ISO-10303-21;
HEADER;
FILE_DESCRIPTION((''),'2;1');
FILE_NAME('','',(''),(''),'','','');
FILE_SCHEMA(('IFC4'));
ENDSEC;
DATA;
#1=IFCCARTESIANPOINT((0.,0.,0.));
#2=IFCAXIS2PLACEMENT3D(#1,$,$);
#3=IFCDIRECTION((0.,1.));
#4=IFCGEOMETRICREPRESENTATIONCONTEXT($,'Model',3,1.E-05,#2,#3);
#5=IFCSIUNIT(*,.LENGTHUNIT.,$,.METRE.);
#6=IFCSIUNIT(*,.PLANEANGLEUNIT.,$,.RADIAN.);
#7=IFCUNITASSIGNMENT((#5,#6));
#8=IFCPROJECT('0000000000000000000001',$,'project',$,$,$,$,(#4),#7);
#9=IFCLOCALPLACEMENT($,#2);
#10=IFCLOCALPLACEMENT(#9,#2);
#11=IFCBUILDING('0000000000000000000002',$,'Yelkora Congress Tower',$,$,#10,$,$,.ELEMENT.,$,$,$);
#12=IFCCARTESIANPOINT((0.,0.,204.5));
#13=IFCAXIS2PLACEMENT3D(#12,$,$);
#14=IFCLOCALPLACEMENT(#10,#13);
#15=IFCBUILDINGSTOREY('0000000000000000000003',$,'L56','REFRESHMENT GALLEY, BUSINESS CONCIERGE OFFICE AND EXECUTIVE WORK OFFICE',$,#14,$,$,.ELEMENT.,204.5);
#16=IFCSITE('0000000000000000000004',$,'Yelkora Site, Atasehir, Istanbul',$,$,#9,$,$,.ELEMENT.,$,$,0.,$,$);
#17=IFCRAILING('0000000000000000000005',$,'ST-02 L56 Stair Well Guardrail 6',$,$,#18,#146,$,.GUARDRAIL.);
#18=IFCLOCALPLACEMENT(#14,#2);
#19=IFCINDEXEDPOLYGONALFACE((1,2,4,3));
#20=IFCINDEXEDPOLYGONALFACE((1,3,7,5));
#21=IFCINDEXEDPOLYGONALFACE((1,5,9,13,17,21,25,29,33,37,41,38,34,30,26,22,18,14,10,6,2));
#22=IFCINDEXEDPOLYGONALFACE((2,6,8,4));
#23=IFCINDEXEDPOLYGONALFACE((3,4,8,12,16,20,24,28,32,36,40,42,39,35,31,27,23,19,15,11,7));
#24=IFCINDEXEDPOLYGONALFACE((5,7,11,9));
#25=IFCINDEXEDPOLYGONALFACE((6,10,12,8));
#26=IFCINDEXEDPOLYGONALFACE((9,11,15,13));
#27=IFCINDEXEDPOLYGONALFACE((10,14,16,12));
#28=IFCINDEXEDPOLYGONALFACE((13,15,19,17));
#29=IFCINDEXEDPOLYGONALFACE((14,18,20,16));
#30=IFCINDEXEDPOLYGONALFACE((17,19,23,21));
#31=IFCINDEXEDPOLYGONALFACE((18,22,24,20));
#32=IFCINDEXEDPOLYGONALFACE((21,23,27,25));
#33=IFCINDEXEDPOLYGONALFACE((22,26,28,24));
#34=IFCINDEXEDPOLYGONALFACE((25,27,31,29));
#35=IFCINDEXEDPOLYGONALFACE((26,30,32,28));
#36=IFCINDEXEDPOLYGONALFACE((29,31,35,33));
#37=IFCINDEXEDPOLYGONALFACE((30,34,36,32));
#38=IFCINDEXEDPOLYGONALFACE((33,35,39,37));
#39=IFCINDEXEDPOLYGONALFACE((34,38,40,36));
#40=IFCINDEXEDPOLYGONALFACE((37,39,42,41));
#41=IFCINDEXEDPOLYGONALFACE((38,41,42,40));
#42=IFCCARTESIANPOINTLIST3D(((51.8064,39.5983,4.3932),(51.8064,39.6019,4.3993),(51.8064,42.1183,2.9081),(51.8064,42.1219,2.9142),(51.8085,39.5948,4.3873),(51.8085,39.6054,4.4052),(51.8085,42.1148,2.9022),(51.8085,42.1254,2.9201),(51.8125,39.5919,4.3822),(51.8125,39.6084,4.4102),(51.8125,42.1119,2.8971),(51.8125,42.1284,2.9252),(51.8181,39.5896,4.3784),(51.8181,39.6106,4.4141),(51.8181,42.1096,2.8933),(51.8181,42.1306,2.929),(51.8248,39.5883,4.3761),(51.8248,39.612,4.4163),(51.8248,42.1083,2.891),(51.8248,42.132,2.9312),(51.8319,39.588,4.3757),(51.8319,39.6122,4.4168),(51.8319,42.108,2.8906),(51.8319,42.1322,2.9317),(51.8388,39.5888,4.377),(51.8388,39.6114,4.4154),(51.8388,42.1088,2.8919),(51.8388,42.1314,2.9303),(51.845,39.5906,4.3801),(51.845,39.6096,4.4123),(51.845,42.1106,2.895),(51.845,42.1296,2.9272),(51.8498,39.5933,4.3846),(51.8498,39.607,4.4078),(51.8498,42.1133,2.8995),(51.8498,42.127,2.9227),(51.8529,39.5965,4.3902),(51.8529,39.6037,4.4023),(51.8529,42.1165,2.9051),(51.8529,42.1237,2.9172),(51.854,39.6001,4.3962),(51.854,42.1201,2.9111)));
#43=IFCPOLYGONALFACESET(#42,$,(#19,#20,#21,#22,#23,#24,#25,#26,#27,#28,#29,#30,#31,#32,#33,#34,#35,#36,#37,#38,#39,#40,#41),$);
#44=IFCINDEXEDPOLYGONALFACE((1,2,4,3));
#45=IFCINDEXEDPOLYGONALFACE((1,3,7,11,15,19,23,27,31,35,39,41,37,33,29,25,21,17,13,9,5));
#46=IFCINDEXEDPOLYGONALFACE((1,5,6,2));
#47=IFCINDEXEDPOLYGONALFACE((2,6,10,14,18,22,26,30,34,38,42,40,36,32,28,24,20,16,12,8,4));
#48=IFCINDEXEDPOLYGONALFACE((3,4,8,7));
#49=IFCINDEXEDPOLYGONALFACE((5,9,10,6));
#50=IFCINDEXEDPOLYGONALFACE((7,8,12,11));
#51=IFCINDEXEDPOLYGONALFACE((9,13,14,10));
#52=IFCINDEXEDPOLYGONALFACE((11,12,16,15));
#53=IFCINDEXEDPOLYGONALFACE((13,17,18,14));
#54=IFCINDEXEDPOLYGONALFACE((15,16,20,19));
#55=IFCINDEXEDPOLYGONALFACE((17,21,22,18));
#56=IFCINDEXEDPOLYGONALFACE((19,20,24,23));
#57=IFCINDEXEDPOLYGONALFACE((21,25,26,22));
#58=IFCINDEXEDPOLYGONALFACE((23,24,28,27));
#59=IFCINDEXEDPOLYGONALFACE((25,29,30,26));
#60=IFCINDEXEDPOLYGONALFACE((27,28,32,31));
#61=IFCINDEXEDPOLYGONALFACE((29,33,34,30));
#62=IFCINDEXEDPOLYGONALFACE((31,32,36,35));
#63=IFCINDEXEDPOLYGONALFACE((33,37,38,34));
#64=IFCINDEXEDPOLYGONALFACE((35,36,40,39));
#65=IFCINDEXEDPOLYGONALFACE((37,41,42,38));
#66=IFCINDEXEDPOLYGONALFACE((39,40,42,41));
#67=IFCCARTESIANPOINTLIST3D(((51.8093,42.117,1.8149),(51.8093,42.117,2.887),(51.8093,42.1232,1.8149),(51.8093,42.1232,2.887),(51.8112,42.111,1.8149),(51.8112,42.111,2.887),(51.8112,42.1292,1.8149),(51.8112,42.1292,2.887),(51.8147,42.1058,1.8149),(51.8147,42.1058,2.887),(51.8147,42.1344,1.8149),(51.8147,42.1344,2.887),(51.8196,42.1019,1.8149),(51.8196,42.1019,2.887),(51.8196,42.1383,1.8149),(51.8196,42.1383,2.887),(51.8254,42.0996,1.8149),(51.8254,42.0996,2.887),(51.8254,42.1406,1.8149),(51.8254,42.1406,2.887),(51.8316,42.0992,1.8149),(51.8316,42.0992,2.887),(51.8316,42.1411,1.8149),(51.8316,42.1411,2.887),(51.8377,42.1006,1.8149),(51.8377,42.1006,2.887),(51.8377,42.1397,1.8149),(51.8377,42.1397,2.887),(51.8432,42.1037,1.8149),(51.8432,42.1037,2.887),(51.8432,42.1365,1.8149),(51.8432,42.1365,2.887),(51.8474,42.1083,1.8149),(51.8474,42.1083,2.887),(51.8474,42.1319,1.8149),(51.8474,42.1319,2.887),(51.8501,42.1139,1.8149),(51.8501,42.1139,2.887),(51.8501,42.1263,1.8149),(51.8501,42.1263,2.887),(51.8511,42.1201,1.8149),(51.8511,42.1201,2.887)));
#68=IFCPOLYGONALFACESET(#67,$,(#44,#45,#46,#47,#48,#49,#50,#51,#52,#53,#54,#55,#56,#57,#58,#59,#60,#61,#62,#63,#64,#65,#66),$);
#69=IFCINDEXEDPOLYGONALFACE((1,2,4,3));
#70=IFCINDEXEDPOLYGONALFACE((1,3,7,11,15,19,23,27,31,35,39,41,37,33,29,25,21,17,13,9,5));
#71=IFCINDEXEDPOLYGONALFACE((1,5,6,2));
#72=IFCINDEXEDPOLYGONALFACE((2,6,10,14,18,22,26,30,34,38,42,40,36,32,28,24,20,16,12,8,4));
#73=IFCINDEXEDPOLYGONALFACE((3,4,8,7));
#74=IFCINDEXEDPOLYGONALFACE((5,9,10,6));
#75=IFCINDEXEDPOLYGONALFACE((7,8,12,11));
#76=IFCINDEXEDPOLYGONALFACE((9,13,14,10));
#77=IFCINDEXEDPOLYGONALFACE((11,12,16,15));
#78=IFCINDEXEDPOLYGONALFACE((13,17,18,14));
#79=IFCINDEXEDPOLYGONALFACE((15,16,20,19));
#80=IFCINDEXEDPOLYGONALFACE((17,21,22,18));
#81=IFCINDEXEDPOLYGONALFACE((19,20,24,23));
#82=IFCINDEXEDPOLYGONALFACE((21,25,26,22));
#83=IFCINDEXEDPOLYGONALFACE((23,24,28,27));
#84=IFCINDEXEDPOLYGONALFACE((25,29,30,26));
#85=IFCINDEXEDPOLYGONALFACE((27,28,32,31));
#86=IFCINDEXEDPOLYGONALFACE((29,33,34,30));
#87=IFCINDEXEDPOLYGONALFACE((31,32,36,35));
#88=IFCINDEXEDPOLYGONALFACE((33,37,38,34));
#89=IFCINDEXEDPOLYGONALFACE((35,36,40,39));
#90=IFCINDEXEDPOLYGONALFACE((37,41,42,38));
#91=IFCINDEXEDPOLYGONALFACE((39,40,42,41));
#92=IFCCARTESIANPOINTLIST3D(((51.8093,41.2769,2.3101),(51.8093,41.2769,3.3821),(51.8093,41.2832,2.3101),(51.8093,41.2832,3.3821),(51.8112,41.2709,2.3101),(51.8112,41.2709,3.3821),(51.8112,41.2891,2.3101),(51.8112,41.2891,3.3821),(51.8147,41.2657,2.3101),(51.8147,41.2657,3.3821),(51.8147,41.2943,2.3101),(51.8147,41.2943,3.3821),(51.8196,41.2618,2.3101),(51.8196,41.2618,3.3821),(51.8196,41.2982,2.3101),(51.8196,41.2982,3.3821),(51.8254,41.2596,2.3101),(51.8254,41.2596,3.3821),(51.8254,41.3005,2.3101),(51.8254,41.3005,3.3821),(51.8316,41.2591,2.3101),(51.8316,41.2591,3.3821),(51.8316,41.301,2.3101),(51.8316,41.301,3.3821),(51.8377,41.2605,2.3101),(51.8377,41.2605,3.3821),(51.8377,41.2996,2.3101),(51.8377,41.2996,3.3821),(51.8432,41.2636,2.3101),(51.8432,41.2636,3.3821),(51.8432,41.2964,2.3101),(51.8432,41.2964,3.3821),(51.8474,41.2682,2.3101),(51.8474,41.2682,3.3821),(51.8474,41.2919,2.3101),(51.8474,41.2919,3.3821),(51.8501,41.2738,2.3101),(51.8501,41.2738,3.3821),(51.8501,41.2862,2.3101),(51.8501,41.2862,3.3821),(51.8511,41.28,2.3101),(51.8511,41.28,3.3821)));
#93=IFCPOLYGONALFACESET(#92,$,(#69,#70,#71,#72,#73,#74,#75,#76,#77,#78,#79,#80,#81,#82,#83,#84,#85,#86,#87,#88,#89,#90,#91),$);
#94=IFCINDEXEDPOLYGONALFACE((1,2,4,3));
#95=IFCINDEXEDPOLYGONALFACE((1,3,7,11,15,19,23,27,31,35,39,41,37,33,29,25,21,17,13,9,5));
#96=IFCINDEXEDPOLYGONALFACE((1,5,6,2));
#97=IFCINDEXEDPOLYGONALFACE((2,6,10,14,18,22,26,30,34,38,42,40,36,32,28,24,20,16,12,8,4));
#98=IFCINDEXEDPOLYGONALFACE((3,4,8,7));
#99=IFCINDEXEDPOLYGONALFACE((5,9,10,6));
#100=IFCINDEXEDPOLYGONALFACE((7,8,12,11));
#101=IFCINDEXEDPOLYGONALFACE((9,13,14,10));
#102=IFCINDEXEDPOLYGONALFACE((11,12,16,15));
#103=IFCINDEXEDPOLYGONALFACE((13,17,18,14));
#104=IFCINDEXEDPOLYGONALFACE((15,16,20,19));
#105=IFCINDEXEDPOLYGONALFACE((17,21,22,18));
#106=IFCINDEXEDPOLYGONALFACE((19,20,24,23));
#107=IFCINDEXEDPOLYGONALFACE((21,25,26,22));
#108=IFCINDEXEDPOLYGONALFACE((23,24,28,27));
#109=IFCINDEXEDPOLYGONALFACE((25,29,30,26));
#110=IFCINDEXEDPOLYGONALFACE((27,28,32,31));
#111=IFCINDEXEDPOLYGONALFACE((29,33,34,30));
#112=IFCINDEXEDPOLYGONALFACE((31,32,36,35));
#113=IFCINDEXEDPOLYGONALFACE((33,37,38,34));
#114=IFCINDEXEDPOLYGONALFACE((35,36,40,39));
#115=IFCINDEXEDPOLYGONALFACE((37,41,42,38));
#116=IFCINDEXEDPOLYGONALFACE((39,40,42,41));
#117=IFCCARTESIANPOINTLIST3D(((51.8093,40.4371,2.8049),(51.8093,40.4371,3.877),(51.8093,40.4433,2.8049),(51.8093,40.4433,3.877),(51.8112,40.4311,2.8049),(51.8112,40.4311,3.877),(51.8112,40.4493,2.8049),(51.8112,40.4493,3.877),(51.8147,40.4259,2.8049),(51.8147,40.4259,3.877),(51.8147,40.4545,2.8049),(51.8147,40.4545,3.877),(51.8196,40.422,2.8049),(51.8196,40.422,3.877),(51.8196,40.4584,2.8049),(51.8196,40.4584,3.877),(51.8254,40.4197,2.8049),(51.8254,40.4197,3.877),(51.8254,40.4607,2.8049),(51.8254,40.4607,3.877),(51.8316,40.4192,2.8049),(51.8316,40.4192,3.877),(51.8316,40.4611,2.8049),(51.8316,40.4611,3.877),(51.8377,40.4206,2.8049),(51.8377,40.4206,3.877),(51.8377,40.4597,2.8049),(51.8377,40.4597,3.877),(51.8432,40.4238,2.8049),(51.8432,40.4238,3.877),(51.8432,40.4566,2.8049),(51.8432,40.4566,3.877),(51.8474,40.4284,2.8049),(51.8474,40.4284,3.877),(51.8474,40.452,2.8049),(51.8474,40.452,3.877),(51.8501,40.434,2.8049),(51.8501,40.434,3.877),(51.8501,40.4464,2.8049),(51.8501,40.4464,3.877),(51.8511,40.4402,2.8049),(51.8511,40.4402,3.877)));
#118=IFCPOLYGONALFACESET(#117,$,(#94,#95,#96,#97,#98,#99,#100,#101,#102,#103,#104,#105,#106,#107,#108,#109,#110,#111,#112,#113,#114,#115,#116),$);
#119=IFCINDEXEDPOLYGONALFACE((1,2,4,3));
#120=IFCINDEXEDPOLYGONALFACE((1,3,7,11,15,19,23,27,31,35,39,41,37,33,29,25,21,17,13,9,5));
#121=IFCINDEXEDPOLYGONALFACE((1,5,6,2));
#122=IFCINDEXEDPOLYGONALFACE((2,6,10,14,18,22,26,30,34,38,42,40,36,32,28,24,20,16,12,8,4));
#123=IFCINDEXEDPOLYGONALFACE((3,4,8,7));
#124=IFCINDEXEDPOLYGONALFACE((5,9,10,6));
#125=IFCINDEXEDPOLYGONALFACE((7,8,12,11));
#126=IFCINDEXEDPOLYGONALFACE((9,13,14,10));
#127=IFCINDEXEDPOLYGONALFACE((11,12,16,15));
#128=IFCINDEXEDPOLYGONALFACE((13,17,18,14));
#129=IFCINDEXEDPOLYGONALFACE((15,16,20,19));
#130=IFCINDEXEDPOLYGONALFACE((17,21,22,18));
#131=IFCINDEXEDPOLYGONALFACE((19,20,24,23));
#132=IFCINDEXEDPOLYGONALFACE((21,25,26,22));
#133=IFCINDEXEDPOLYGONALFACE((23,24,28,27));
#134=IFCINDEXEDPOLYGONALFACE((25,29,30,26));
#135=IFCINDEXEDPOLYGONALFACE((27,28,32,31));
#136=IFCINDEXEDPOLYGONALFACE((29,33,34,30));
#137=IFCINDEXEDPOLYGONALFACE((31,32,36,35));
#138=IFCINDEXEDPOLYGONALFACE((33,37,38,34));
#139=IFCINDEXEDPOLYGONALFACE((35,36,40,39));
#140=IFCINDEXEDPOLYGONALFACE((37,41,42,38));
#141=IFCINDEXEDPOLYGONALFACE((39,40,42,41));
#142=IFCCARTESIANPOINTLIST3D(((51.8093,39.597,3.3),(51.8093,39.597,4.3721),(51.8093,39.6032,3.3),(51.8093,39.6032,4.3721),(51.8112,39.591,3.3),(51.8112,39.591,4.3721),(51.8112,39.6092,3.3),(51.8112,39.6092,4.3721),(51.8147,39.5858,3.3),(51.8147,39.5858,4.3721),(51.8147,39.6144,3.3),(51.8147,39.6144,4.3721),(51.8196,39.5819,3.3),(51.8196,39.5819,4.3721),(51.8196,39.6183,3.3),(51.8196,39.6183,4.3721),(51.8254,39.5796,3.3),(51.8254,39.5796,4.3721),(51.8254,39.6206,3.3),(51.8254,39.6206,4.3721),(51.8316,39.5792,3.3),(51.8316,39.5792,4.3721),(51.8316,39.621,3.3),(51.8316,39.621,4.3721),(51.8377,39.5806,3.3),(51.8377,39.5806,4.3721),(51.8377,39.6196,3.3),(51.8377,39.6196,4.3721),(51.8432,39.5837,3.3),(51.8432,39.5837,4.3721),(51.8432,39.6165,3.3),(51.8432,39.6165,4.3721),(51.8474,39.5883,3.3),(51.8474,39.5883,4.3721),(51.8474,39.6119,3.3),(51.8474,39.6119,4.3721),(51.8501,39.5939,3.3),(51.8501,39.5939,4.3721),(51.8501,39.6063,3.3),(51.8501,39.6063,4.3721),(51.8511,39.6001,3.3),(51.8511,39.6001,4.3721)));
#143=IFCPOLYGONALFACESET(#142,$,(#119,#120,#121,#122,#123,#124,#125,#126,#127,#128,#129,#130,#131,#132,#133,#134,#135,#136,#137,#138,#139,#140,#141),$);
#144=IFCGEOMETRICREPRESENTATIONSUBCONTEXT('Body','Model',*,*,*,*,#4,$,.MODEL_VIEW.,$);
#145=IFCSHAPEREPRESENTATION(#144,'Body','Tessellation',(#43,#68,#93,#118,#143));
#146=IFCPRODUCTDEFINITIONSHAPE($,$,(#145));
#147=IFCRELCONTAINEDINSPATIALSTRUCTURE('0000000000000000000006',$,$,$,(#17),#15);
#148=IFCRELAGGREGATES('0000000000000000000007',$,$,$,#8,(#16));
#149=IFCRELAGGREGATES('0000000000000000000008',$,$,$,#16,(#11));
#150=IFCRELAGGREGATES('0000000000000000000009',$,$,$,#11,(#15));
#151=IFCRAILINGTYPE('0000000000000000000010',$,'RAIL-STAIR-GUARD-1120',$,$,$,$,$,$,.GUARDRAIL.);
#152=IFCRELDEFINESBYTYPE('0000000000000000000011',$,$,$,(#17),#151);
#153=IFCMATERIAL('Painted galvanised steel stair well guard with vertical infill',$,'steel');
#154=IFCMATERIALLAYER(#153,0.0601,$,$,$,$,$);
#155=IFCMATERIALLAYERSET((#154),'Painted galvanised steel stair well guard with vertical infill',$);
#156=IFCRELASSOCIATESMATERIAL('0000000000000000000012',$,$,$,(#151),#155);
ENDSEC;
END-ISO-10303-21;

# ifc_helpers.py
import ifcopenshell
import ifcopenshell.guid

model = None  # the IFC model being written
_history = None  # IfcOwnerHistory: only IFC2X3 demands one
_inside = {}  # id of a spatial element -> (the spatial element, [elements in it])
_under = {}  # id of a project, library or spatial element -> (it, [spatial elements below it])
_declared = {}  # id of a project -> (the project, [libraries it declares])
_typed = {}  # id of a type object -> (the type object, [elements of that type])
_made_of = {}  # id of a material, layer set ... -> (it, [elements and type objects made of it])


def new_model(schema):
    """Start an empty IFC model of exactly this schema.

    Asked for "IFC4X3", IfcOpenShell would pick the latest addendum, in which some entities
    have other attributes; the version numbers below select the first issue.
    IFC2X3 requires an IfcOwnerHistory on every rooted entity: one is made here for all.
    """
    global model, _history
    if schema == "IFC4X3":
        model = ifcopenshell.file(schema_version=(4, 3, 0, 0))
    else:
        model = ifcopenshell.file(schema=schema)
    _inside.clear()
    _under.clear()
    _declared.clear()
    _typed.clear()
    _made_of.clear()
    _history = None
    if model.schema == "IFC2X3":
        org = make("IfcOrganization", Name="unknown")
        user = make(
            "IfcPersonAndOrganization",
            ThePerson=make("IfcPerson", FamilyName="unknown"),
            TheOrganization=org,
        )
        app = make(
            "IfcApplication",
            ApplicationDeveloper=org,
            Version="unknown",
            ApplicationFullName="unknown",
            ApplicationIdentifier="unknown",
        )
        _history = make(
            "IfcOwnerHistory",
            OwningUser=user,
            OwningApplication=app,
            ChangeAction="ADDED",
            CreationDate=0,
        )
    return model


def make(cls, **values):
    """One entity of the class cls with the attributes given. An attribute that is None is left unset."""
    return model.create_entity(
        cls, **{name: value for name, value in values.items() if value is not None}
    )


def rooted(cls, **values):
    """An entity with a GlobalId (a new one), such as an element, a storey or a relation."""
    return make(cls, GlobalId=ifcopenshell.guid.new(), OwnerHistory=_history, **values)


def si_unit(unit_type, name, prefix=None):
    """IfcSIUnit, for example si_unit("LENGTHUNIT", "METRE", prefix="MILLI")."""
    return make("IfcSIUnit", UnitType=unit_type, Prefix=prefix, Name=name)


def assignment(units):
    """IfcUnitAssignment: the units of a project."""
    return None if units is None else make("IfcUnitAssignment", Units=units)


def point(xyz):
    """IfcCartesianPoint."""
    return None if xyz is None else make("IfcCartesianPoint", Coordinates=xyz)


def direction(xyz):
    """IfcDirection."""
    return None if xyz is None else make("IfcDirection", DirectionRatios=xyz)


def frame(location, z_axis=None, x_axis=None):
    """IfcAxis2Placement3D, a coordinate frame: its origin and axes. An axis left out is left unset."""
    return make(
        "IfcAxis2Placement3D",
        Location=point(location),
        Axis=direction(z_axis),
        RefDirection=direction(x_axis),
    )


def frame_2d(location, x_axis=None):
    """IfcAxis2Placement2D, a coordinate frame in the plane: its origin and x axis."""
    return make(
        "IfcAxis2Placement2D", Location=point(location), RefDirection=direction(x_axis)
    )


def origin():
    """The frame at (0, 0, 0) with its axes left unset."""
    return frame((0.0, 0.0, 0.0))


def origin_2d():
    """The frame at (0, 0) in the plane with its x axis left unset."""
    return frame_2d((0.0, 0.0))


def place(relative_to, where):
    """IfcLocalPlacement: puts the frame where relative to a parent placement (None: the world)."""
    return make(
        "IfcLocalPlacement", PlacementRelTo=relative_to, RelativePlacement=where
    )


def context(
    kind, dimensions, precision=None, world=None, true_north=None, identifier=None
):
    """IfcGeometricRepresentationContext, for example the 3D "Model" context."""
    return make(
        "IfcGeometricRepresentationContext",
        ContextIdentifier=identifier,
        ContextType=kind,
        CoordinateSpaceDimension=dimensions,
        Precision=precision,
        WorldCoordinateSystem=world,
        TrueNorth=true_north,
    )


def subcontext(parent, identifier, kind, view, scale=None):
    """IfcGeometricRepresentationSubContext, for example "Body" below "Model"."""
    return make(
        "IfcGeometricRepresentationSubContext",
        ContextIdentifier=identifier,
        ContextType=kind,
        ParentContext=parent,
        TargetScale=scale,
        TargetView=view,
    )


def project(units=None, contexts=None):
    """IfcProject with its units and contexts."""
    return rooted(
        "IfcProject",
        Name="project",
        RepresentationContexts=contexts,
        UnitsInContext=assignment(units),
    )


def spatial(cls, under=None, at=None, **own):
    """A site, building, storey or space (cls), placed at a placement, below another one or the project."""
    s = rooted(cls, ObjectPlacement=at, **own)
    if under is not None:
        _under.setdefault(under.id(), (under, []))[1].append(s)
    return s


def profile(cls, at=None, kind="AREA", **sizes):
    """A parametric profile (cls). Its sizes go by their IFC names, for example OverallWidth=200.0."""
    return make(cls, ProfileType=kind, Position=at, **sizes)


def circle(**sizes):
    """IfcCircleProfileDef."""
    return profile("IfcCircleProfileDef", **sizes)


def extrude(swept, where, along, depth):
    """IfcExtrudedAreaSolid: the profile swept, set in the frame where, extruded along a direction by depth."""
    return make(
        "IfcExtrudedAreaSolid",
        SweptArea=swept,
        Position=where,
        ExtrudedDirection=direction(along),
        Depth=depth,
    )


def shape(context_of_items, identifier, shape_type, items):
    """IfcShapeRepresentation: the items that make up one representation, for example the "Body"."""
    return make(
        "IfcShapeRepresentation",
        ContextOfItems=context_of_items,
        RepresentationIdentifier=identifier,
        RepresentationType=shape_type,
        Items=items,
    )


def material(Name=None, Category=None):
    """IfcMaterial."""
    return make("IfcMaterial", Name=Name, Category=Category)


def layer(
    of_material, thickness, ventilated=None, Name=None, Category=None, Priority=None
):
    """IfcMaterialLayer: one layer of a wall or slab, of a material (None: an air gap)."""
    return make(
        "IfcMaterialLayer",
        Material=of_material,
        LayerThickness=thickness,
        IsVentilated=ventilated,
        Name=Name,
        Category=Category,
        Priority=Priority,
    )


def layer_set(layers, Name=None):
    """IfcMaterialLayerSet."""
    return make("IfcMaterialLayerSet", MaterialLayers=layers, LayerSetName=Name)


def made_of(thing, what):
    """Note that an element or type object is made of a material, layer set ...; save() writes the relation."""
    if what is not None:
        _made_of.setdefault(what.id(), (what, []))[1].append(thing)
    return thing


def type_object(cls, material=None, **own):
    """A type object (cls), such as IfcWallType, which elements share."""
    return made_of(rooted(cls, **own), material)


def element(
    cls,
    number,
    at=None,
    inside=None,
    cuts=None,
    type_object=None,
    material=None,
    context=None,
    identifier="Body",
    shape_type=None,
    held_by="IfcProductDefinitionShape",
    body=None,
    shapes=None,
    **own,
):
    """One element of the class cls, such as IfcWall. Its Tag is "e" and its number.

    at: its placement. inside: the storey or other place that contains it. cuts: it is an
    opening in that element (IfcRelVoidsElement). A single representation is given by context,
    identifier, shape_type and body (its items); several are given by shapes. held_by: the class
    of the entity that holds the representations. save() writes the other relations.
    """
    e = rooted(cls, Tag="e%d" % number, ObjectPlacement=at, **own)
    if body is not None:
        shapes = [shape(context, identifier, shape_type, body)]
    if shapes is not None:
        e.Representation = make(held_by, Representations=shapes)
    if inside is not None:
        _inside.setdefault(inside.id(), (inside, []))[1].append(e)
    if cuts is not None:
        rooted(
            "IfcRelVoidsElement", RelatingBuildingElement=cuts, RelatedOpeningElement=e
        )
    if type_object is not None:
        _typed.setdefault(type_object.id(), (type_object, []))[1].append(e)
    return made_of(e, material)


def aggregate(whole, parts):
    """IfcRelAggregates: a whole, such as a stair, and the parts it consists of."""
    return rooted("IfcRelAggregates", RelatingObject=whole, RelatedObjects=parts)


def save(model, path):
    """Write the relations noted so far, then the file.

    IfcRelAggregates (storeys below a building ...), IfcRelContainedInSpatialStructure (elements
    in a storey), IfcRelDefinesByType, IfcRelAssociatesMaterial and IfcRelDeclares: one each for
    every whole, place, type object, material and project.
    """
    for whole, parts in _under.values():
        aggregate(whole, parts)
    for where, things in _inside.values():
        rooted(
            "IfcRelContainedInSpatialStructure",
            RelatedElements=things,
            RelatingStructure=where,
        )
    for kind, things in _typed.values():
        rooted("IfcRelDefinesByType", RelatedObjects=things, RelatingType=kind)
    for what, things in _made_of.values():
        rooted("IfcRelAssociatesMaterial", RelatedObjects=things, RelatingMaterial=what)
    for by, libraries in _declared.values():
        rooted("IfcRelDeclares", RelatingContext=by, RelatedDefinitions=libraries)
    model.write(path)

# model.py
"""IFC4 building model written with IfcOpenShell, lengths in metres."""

from ifc_helpers import new_model, si_unit, direction, frame, origin, origin_2d, place, context, subcontext, project, spatial, circle, extrude, material, layer, layer_set, type_object, element, save


model = new_model("IFC4")

# Units and contexts
model_context = context("Model", 3, precision=1e-05, world=origin(), true_north=direction((0.0, 1.0)))
body_context = subcontext(model_context, "Body", "Model", "MODEL_VIEW")
ifc_project = project(units=[si_unit("LENGTHUNIT", "METRE"), si_unit("PLANEANGLEUNIT", "RADIAN")], contexts=[model_context])

# Site, building, storey
site_placement = place(None, origin())
site = spatial("IfcSite", under=ifc_project, at=site_placement, Name="Yelkora Site, Atasehir, Istanbul", CompositionType="ELEMENT", RefElevation=0.0)
building_placement = place(site_placement, origin())
building = spatial("IfcBuilding", under=site, at=building_placement, Name="Yelkora Congress Tower", CompositionType="ELEMENT")
storey_placement = place(building_placement, frame((0.0, 0.0, 204.5)))
storey = spatial("IfcBuildingStorey", under=building, at=storey_placement, Name="L56", Description="REFRESHMENT GALLEY, BUSINESS CONCIERGE OFFICE AND EXECUTIVE WORK OFFICE", CompositionType="ELEMENT", Elevation=204.5)

# Railing
ifc_material_1 = material(Name="Painted galvanised steel stair well guard with vertical infill", Category="steel")
ifc_layer_1 = layer(ifc_material_1, 0.0601)
ifc_layer_set_1 = layer_set([ifc_layer_1], Name="Painted galvanised steel stair well guard with vertical infill")
railing_type_1 = type_object("IfcRailingType", Name="RAIL-STAIR-GUARD-1120", PredefinedType="GUARDRAIL", material=ifc_layer_set_1)
railing_1_placement = place(storey_placement, frame((51.8301, 42.1201, 1.8149)))
element("IfcRailing", 1, at=railing_1_placement, inside=storey, type_object=railing_type_1, Name="ST-02 L56 Stair Well Guardrail 6", PredefinedType="GUARDRAIL", context=body_context, shape_type="SweptSolid", body=[
    extrude(circle(Radius=0.0239, at=origin_2d()), frame((0.0, 0.0, 1.0962), z_axis=(0.0, -0.861524, 0.507717), x_axis=(1.0, 0.0, 0.0)), (0.0, 0.0, 1.0), 2.925),
    extrude(circle(Radius=0.021, at=origin_2d()), origin(), (0.0, 0.0, 1.0), 1.072),
    extrude(circle(Radius=0.021, at=origin_2d()), frame((0.0, -0.8401, 0.4951)), (0.0, 0.0, 1.0), 1.072),
    extrude(circle(Radius=0.021, at=origin_2d()), frame((0.0, -1.6799, 0.99)), (0.0, 0.0, 1.0), 1.072),
    extrude(circle(Radius=0.021, at=origin_2d()), frame((0.0, -2.52, 1.4851)), (0.0, 0.0, 1.0), 1.072),
])

save(model, "model.ifc")
